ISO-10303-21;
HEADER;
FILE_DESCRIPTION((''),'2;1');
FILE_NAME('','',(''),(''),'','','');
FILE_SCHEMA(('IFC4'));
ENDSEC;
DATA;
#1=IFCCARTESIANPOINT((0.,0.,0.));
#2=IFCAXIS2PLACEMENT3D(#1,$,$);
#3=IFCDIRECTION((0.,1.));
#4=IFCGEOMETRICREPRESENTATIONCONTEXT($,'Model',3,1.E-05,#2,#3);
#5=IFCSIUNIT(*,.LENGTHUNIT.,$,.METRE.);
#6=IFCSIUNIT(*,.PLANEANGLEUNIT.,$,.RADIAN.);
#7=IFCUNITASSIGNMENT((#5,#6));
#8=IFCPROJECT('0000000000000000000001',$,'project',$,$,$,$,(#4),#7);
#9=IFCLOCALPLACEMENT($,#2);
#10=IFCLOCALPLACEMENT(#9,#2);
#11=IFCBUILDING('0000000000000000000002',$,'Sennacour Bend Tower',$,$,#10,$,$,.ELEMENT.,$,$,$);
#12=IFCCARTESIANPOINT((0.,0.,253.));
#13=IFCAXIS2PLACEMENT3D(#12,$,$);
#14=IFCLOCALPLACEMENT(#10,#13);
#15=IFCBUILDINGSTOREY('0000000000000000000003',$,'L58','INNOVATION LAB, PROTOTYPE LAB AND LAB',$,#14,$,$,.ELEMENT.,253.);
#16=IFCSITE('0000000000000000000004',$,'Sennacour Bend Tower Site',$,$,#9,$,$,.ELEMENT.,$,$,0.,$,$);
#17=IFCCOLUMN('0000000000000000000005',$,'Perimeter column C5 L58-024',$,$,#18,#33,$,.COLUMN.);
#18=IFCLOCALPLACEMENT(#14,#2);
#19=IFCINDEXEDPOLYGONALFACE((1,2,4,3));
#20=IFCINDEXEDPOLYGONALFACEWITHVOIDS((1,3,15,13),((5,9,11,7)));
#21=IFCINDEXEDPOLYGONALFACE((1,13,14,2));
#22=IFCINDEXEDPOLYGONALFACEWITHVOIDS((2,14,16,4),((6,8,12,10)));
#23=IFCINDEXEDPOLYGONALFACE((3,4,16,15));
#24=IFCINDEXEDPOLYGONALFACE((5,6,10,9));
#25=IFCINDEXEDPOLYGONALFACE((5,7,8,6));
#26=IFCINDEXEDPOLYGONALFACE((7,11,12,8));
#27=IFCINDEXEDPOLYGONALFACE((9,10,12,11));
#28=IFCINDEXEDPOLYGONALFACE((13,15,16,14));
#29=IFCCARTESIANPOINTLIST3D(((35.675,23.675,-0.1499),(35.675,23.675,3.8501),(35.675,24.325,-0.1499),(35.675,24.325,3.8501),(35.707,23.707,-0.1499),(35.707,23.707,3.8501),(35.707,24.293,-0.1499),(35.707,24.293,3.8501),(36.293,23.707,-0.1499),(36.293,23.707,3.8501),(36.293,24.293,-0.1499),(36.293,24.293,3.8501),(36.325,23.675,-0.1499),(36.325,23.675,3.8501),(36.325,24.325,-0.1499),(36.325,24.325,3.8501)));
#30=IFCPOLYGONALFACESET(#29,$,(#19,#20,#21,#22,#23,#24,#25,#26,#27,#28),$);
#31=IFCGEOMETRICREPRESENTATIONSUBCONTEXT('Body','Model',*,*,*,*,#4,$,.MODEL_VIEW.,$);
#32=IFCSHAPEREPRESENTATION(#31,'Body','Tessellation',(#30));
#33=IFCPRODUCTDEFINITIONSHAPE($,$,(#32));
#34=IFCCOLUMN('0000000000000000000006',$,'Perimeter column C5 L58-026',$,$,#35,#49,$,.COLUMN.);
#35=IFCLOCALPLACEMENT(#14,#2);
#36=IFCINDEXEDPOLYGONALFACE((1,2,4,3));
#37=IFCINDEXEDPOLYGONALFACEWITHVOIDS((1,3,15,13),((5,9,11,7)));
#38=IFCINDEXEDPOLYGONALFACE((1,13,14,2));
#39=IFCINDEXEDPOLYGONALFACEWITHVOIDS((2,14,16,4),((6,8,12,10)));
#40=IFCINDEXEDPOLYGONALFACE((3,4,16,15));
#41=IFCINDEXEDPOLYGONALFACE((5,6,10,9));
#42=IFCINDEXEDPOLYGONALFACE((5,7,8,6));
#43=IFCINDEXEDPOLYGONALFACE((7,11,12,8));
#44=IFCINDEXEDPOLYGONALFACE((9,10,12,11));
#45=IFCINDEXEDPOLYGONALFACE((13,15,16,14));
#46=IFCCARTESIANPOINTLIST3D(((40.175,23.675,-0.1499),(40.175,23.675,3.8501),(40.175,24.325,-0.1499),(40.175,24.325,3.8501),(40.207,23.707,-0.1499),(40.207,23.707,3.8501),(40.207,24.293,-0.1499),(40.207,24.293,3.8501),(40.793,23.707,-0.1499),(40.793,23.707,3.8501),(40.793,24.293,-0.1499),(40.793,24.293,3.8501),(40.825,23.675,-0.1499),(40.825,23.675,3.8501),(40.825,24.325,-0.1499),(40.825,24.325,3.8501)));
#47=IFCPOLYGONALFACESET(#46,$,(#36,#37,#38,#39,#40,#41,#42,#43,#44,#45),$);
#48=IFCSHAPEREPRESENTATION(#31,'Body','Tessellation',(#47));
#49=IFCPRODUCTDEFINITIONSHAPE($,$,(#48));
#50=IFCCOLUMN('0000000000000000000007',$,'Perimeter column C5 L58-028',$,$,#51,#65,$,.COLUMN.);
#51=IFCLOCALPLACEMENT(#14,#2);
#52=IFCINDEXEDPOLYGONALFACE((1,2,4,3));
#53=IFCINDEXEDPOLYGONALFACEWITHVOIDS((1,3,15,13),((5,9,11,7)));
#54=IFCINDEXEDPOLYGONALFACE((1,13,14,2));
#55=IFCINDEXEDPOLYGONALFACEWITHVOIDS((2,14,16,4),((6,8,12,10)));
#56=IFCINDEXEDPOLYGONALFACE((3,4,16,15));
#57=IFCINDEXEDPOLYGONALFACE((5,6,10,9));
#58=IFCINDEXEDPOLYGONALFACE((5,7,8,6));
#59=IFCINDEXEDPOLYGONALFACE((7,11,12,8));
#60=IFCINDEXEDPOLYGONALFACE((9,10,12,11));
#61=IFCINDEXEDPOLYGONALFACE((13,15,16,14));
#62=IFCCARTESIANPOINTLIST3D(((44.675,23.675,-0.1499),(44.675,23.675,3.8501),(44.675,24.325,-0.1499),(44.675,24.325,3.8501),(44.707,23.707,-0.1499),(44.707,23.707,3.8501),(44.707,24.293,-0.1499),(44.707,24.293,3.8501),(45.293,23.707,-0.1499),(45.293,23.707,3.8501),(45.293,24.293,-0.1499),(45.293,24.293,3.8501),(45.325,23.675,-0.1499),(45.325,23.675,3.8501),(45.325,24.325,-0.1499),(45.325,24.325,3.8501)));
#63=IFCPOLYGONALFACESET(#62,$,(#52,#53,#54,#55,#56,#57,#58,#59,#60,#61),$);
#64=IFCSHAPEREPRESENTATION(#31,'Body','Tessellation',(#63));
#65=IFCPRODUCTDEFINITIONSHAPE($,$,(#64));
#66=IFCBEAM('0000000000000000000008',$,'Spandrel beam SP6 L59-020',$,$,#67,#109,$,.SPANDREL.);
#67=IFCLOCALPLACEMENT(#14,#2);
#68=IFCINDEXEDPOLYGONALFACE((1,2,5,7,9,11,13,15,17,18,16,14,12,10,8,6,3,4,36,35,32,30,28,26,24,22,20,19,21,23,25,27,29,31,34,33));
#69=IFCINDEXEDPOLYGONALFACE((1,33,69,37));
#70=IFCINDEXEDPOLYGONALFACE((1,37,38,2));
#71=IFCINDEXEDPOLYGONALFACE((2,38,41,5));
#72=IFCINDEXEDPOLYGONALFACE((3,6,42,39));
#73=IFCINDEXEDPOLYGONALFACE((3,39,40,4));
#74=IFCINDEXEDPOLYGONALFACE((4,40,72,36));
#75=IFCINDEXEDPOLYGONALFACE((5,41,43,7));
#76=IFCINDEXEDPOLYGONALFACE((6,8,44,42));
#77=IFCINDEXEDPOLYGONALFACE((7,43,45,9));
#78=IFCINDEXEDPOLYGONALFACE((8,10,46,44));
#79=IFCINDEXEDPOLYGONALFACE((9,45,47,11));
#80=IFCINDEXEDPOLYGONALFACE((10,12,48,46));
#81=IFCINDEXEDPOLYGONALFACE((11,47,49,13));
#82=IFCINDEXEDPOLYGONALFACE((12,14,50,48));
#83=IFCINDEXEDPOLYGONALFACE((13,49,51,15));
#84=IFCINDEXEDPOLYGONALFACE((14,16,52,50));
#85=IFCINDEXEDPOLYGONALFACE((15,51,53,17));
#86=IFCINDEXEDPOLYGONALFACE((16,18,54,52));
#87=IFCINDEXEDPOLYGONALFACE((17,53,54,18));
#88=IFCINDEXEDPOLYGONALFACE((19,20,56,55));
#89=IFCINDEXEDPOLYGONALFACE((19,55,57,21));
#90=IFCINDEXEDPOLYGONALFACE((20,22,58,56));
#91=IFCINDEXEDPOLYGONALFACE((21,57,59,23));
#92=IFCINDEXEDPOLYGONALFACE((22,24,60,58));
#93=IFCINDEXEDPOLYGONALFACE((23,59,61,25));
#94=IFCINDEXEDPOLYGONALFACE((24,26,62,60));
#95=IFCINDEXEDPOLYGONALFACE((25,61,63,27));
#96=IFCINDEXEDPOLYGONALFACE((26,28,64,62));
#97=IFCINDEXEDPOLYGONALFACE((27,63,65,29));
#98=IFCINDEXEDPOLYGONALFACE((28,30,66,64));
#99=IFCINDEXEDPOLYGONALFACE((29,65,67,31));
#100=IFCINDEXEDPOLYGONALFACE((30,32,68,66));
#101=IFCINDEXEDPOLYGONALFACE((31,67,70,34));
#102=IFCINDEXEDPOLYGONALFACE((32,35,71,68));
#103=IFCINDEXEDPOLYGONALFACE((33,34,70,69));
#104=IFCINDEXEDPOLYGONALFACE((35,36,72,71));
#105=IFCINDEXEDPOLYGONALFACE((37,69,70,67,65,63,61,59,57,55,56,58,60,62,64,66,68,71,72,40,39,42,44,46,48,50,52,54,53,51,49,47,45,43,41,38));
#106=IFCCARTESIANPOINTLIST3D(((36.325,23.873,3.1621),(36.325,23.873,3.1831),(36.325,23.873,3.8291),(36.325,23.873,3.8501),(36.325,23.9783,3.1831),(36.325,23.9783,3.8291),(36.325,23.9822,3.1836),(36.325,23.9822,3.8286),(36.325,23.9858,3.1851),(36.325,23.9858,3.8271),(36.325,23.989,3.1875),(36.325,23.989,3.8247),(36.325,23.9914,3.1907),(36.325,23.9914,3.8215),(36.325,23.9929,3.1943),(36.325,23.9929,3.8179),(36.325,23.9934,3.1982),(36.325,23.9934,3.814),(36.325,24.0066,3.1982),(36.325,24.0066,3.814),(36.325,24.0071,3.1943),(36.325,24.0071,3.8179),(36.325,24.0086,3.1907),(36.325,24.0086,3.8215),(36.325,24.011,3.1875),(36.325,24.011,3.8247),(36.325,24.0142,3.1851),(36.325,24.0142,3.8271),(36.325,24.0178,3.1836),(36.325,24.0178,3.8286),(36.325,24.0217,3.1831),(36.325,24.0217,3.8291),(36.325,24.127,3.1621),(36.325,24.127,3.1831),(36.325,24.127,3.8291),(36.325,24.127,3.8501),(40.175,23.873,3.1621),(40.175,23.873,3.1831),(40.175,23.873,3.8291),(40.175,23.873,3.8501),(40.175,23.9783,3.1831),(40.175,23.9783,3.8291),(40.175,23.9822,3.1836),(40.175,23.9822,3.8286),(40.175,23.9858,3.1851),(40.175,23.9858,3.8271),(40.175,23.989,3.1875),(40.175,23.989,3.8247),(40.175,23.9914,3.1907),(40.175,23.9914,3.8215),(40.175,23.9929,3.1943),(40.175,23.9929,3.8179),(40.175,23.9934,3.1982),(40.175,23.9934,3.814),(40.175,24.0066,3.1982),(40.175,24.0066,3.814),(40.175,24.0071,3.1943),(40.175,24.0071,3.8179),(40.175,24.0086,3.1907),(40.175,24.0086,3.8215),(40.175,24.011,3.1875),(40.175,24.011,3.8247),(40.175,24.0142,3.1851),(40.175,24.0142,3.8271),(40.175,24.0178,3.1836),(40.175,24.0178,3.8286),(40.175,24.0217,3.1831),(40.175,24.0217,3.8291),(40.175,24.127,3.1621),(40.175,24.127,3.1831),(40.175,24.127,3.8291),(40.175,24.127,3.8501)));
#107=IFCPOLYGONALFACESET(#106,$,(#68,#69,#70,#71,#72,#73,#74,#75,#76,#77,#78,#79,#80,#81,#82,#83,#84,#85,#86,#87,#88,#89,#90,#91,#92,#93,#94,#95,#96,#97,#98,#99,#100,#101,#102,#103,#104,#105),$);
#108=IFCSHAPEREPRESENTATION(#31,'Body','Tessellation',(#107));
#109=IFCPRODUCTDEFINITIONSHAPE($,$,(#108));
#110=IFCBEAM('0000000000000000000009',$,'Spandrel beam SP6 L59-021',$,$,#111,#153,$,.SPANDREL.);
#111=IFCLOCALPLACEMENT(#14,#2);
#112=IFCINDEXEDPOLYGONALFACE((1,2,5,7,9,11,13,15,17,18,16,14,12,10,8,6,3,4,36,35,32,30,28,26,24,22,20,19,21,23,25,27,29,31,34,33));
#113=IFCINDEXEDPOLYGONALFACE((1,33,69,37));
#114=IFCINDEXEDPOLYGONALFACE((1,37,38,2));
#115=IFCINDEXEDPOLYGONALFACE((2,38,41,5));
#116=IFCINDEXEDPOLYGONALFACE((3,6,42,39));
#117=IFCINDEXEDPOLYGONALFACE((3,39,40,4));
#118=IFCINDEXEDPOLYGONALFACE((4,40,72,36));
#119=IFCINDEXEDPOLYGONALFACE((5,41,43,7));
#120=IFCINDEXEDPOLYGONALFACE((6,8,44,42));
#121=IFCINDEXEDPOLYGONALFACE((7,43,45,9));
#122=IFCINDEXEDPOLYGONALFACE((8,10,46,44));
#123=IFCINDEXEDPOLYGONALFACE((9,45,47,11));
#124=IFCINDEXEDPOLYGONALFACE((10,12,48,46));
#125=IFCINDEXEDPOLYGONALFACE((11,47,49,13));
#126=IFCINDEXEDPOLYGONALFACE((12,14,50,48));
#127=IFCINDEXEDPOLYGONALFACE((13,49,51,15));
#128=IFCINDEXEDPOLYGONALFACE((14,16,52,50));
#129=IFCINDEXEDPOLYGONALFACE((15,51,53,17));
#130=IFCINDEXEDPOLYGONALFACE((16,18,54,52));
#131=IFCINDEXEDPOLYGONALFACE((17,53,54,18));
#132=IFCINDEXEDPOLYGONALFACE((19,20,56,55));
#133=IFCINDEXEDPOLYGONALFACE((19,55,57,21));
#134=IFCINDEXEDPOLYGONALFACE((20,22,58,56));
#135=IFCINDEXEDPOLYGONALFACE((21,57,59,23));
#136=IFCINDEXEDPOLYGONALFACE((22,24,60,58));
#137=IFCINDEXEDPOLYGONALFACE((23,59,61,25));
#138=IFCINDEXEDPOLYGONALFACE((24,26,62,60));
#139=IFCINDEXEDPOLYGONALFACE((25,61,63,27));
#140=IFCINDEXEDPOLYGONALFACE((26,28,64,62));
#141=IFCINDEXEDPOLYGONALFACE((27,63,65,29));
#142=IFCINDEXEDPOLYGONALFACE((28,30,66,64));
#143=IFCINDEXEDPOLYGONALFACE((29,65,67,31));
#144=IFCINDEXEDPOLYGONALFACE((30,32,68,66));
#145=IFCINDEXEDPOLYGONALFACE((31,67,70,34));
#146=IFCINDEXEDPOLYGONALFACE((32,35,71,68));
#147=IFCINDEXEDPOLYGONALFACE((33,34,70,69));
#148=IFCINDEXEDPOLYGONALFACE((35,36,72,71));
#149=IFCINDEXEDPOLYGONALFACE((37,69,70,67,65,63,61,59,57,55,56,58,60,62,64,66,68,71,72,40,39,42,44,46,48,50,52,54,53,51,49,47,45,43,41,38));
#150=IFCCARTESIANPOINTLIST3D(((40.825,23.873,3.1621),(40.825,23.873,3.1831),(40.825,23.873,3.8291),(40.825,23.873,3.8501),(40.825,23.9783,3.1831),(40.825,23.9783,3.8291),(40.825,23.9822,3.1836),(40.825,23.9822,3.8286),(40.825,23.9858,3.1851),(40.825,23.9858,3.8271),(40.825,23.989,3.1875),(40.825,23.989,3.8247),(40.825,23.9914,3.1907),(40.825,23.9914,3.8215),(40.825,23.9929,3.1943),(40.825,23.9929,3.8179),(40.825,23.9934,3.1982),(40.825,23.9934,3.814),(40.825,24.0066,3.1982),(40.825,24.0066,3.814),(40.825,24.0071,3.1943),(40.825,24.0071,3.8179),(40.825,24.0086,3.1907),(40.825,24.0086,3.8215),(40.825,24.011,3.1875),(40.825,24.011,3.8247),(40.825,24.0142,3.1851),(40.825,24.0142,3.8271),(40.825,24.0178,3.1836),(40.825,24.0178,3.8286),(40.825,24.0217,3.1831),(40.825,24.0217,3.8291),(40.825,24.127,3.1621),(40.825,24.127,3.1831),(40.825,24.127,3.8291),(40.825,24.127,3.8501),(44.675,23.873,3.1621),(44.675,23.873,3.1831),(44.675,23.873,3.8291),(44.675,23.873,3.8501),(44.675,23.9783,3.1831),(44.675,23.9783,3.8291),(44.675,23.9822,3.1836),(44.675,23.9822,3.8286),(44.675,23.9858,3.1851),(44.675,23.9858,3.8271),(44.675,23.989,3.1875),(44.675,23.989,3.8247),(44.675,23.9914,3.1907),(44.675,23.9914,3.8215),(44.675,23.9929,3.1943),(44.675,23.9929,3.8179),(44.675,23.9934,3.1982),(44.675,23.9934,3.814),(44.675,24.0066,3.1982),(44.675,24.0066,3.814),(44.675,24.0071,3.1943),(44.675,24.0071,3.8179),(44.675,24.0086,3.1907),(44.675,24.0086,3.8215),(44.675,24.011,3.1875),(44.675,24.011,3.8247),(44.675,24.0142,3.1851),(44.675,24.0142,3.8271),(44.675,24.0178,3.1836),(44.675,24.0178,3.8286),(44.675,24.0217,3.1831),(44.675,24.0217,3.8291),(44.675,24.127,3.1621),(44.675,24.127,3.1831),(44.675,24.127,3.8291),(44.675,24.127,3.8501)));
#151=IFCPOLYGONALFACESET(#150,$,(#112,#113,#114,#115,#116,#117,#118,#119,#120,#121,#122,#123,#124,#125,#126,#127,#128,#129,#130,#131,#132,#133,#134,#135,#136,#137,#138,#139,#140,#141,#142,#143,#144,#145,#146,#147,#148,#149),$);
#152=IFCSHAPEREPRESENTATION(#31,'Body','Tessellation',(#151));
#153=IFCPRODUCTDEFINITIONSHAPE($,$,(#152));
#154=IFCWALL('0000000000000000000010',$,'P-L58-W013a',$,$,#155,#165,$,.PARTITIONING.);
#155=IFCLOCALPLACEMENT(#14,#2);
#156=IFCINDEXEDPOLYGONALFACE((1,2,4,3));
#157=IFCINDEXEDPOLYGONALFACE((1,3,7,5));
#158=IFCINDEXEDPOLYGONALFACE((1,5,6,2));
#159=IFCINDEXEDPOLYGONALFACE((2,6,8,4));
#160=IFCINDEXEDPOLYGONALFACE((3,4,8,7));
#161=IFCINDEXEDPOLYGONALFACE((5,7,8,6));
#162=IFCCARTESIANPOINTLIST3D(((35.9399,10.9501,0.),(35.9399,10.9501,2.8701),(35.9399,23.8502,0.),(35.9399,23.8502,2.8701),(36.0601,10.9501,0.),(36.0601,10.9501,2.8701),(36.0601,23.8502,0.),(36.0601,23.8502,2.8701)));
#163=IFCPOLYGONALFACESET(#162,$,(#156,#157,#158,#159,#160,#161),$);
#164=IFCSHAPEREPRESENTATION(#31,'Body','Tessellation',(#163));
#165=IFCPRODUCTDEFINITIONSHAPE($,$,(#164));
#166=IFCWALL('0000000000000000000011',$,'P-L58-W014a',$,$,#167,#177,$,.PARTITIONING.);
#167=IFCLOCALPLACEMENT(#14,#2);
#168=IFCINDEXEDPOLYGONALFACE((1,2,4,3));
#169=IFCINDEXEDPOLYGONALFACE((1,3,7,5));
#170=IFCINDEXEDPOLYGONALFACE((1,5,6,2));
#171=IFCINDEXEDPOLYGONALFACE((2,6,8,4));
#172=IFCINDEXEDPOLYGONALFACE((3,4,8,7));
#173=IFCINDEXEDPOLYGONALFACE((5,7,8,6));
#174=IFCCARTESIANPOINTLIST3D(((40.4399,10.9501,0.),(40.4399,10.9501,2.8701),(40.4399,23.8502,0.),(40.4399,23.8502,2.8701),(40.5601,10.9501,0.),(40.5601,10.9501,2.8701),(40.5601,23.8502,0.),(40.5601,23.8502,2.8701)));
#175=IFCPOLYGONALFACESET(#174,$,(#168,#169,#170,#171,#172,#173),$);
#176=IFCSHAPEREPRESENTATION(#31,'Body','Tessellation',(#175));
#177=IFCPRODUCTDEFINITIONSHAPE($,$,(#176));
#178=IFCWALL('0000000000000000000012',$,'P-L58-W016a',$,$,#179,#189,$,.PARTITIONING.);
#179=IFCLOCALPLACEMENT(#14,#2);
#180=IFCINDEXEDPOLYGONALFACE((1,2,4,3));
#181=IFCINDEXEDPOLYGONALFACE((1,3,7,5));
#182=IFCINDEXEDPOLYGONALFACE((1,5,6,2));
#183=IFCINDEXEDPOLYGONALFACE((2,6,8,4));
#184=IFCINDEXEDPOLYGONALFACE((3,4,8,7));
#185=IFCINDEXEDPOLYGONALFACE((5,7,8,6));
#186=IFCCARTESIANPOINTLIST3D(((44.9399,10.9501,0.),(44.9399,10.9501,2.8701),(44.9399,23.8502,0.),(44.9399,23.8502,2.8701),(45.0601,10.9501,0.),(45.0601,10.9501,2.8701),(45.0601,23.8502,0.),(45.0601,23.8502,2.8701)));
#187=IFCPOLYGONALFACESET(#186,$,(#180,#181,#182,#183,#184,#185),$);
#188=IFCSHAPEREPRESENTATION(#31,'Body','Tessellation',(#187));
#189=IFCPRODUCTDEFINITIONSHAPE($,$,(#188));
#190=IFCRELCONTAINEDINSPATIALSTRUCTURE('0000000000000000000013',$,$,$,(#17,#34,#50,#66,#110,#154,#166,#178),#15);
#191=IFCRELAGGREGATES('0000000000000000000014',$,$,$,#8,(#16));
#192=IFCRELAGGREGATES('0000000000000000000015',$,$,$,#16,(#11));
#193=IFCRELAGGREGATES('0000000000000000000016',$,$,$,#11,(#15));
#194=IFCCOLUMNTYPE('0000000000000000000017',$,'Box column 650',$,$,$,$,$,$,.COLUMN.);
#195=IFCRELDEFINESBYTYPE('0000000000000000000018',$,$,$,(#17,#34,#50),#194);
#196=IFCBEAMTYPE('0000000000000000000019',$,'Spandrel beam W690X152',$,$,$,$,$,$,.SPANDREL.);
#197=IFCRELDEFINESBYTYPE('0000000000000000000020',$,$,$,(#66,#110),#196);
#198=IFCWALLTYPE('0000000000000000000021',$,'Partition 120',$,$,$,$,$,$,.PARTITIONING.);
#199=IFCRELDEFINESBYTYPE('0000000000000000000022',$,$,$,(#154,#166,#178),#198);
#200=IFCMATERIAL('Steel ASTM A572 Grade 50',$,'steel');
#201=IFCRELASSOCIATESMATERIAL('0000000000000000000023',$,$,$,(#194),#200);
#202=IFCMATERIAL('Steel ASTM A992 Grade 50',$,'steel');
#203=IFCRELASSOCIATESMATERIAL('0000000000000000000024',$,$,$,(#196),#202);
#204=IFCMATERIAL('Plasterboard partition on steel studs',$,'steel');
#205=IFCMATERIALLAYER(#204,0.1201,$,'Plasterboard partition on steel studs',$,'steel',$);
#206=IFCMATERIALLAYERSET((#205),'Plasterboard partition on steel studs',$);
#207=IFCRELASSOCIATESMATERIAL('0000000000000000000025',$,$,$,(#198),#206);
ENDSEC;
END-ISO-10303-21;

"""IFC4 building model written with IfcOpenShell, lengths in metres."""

from ifc_helpers import new_model, si_unit, direction, frame, frame_2d, origin, origin_2d, place, context, subcontext, project, spatial, rectangle, hollow_rectangle, i_section, extrude, material, layer, layer_set, material_profile, profile_set, type_object, element, save


model = new_model("IFC4")

# Units and contexts
model_context = context("Model", 3, precision=1e-05, world=origin(), true_north=direction((0.0, 1.0)))
body_context = subcontext(model_context, "Body", "Model", "MODEL_VIEW")
ifc_project = project(units=[si_unit("LENGTHUNIT", "METRE"), si_unit("PLANEANGLEUNIT", "RADIAN")], contexts=[model_context])

# Site, building, storey
site_placement = place(None, origin())
site = spatial("IfcSite", under=ifc_project, at=site_placement, Name="Sennacour Bend Tower Site", CompositionType="ELEMENT", RefElevation=0.0)
building_placement = place(site_placement, origin())
building = spatial("IfcBuilding", under=site, at=building_placement, Name="Sennacour Bend Tower", CompositionType="ELEMENT")
storey_placement = place(building_placement, frame((0.0, 0.0, 253.0)))
storey = spatial("IfcBuildingStorey", under=building, at=storey_placement, Name="L58", Description="INNOVATION LAB, PROTOTYPE LAB AND LAB", CompositionType="ELEMENT", Elevation=253.0)

# Columns
ifc_material_1 = material(Name="Steel ASTM A572 Grade 50", Category="steel")
ifc_material_profile_1 = material_profile(ifc_material_1, hollow_rectangle(XDim=0.6499, YDim=0.6499, WallThickness=0.032, at=origin_2d()), Name="Steel ASTM A572 Grade 50", Category="steel")
ifc_profile_set_1 = profile_set([ifc_material_profile_1], Name="Steel ASTM A572 Grade 50")
column_type = type_object("IfcColumnType", Name="Box column 650", PredefinedType="COLUMN", material=ifc_profile_set_1)
for number, where, z_axis, x_axis, name in (
    (1, (36.0, 24.0, -0.1499), (0.0, 0.0, 1.0), (1.0, 0.0, 0.0), "Perimeter column C5 L58-024"),
    (2, (40.5, 24.0, -0.1499), (0.0, 0.0, 1.0), (1.0, 0.0, 0.0), "Perimeter column C5 L58-026"),
    (3, (45.0, 24.0, -0.1499), (0.0, 0.0, 1.0), (1.0, 0.0, 0.0), "Perimeter column C5 L58-028"),
):
    element("IfcColumn", number, at=place(storey_placement, frame(where, z_axis=z_axis, x_axis=x_axis)), inside=storey, type_object=column_type, Name=name, PredefinedType="COLUMN", context=body_context, shape_type="SweptSolid", body=[
        extrude(hollow_rectangle(XDim=0.6499, YDim=0.6499, WallThickness=0.032, at=origin_2d()), origin(), (0.0, 0.0, 1.0), 4.0),
    ])

# Beams
ifc_material_2 = material(Name="Steel ASTM A992 Grade 50", Category="steel")
ifc_material_profile_2 = material_profile(ifc_material_2, i_section(OverallWidth=0.2539, OverallDepth=0.688, WebThickness=0.0132, FlangeThickness=0.021, FilletRadius=0.0151, at=origin_2d()), Name="Steel ASTM A992 Grade 50", Category="steel")
ifc_profile_set_2 = profile_set([ifc_material_profile_2], Name="Steel ASTM A992 Grade 50")
beam_type = type_object("IfcBeamType", Name="Spandrel beam W690X152", PredefinedType="SPANDREL", material=ifc_profile_set_2)
for number, where, z_axis, x_axis, name in (
    (4, (36.325, 24.0, 3.5061), (1.0, 0.0, 0.0), (0.0, 1.0, 0.0), "Spandrel beam SP6 L59-020"),
    (5, (40.825, 24.0, 3.5061), (1.0, 0.0, 0.0), (0.0, 1.0, 0.0), "Spandrel beam SP6 L59-021"),
):
    element("IfcBeam", number, at=place(storey_placement, frame(where, z_axis=z_axis, x_axis=x_axis)), inside=storey, type_object=beam_type, Name=name, PredefinedType="SPANDREL", context=body_context, shape_type="SweptSolid", body=[
        extrude(i_section(OverallWidth=0.2539, OverallDepth=0.688, WebThickness=0.0132, FlangeThickness=0.021, FilletRadius=0.0151, at=origin_2d()), origin(), (0.0, 0.0, 1.0), 3.8501),
    ])

# Walls
ifc_material_3 = material(Name="Plasterboard partition on steel studs", Category="steel")
ifc_layer_1 = layer(ifc_material_3, 0.1201, Name="Plasterboard partition on steel studs", Category="steel")
ifc_layer_set_1 = layer_set([ifc_layer_1], Name="Plasterboard partition on steel studs")
wall_type_1 = type_object("IfcWallType", Name="Partition 120", PredefinedType="PARTITIONING", material=ifc_layer_set_1)
for number, where, z_axis, x_axis, name in (
    (6, (36.0, 10.95, 0.0), (0.0, 0.0, 1.0), (0.0, 1.0, 0.0), "P-L58-W013a"),
    (7, (40.5, 10.95, 0.0), (0.0, 0.0, 1.0), (0.0, 1.0, 0.0), "P-L58-W014a"),
    (8, (45.0, 10.95, 0.0), (0.0, 0.0, 1.0), (0.0, 1.0, 0.0), "P-L58-W016a"),
):
    element("IfcWall", number, at=place(storey_placement, frame(where, z_axis=z_axis, x_axis=x_axis)), inside=storey, type_object=wall_type_1, Name=name, PredefinedType="PARTITIONING", context=body_context, shape_type="SweptSolid", body=[
        extrude(rectangle(XDim=12.9001, YDim=0.1201, at=frame_2d((6.4502, 0.0))), origin(), (0.0, 0.0, 1.0), 2.8701),
    ])

save(model, "model.ifc")
